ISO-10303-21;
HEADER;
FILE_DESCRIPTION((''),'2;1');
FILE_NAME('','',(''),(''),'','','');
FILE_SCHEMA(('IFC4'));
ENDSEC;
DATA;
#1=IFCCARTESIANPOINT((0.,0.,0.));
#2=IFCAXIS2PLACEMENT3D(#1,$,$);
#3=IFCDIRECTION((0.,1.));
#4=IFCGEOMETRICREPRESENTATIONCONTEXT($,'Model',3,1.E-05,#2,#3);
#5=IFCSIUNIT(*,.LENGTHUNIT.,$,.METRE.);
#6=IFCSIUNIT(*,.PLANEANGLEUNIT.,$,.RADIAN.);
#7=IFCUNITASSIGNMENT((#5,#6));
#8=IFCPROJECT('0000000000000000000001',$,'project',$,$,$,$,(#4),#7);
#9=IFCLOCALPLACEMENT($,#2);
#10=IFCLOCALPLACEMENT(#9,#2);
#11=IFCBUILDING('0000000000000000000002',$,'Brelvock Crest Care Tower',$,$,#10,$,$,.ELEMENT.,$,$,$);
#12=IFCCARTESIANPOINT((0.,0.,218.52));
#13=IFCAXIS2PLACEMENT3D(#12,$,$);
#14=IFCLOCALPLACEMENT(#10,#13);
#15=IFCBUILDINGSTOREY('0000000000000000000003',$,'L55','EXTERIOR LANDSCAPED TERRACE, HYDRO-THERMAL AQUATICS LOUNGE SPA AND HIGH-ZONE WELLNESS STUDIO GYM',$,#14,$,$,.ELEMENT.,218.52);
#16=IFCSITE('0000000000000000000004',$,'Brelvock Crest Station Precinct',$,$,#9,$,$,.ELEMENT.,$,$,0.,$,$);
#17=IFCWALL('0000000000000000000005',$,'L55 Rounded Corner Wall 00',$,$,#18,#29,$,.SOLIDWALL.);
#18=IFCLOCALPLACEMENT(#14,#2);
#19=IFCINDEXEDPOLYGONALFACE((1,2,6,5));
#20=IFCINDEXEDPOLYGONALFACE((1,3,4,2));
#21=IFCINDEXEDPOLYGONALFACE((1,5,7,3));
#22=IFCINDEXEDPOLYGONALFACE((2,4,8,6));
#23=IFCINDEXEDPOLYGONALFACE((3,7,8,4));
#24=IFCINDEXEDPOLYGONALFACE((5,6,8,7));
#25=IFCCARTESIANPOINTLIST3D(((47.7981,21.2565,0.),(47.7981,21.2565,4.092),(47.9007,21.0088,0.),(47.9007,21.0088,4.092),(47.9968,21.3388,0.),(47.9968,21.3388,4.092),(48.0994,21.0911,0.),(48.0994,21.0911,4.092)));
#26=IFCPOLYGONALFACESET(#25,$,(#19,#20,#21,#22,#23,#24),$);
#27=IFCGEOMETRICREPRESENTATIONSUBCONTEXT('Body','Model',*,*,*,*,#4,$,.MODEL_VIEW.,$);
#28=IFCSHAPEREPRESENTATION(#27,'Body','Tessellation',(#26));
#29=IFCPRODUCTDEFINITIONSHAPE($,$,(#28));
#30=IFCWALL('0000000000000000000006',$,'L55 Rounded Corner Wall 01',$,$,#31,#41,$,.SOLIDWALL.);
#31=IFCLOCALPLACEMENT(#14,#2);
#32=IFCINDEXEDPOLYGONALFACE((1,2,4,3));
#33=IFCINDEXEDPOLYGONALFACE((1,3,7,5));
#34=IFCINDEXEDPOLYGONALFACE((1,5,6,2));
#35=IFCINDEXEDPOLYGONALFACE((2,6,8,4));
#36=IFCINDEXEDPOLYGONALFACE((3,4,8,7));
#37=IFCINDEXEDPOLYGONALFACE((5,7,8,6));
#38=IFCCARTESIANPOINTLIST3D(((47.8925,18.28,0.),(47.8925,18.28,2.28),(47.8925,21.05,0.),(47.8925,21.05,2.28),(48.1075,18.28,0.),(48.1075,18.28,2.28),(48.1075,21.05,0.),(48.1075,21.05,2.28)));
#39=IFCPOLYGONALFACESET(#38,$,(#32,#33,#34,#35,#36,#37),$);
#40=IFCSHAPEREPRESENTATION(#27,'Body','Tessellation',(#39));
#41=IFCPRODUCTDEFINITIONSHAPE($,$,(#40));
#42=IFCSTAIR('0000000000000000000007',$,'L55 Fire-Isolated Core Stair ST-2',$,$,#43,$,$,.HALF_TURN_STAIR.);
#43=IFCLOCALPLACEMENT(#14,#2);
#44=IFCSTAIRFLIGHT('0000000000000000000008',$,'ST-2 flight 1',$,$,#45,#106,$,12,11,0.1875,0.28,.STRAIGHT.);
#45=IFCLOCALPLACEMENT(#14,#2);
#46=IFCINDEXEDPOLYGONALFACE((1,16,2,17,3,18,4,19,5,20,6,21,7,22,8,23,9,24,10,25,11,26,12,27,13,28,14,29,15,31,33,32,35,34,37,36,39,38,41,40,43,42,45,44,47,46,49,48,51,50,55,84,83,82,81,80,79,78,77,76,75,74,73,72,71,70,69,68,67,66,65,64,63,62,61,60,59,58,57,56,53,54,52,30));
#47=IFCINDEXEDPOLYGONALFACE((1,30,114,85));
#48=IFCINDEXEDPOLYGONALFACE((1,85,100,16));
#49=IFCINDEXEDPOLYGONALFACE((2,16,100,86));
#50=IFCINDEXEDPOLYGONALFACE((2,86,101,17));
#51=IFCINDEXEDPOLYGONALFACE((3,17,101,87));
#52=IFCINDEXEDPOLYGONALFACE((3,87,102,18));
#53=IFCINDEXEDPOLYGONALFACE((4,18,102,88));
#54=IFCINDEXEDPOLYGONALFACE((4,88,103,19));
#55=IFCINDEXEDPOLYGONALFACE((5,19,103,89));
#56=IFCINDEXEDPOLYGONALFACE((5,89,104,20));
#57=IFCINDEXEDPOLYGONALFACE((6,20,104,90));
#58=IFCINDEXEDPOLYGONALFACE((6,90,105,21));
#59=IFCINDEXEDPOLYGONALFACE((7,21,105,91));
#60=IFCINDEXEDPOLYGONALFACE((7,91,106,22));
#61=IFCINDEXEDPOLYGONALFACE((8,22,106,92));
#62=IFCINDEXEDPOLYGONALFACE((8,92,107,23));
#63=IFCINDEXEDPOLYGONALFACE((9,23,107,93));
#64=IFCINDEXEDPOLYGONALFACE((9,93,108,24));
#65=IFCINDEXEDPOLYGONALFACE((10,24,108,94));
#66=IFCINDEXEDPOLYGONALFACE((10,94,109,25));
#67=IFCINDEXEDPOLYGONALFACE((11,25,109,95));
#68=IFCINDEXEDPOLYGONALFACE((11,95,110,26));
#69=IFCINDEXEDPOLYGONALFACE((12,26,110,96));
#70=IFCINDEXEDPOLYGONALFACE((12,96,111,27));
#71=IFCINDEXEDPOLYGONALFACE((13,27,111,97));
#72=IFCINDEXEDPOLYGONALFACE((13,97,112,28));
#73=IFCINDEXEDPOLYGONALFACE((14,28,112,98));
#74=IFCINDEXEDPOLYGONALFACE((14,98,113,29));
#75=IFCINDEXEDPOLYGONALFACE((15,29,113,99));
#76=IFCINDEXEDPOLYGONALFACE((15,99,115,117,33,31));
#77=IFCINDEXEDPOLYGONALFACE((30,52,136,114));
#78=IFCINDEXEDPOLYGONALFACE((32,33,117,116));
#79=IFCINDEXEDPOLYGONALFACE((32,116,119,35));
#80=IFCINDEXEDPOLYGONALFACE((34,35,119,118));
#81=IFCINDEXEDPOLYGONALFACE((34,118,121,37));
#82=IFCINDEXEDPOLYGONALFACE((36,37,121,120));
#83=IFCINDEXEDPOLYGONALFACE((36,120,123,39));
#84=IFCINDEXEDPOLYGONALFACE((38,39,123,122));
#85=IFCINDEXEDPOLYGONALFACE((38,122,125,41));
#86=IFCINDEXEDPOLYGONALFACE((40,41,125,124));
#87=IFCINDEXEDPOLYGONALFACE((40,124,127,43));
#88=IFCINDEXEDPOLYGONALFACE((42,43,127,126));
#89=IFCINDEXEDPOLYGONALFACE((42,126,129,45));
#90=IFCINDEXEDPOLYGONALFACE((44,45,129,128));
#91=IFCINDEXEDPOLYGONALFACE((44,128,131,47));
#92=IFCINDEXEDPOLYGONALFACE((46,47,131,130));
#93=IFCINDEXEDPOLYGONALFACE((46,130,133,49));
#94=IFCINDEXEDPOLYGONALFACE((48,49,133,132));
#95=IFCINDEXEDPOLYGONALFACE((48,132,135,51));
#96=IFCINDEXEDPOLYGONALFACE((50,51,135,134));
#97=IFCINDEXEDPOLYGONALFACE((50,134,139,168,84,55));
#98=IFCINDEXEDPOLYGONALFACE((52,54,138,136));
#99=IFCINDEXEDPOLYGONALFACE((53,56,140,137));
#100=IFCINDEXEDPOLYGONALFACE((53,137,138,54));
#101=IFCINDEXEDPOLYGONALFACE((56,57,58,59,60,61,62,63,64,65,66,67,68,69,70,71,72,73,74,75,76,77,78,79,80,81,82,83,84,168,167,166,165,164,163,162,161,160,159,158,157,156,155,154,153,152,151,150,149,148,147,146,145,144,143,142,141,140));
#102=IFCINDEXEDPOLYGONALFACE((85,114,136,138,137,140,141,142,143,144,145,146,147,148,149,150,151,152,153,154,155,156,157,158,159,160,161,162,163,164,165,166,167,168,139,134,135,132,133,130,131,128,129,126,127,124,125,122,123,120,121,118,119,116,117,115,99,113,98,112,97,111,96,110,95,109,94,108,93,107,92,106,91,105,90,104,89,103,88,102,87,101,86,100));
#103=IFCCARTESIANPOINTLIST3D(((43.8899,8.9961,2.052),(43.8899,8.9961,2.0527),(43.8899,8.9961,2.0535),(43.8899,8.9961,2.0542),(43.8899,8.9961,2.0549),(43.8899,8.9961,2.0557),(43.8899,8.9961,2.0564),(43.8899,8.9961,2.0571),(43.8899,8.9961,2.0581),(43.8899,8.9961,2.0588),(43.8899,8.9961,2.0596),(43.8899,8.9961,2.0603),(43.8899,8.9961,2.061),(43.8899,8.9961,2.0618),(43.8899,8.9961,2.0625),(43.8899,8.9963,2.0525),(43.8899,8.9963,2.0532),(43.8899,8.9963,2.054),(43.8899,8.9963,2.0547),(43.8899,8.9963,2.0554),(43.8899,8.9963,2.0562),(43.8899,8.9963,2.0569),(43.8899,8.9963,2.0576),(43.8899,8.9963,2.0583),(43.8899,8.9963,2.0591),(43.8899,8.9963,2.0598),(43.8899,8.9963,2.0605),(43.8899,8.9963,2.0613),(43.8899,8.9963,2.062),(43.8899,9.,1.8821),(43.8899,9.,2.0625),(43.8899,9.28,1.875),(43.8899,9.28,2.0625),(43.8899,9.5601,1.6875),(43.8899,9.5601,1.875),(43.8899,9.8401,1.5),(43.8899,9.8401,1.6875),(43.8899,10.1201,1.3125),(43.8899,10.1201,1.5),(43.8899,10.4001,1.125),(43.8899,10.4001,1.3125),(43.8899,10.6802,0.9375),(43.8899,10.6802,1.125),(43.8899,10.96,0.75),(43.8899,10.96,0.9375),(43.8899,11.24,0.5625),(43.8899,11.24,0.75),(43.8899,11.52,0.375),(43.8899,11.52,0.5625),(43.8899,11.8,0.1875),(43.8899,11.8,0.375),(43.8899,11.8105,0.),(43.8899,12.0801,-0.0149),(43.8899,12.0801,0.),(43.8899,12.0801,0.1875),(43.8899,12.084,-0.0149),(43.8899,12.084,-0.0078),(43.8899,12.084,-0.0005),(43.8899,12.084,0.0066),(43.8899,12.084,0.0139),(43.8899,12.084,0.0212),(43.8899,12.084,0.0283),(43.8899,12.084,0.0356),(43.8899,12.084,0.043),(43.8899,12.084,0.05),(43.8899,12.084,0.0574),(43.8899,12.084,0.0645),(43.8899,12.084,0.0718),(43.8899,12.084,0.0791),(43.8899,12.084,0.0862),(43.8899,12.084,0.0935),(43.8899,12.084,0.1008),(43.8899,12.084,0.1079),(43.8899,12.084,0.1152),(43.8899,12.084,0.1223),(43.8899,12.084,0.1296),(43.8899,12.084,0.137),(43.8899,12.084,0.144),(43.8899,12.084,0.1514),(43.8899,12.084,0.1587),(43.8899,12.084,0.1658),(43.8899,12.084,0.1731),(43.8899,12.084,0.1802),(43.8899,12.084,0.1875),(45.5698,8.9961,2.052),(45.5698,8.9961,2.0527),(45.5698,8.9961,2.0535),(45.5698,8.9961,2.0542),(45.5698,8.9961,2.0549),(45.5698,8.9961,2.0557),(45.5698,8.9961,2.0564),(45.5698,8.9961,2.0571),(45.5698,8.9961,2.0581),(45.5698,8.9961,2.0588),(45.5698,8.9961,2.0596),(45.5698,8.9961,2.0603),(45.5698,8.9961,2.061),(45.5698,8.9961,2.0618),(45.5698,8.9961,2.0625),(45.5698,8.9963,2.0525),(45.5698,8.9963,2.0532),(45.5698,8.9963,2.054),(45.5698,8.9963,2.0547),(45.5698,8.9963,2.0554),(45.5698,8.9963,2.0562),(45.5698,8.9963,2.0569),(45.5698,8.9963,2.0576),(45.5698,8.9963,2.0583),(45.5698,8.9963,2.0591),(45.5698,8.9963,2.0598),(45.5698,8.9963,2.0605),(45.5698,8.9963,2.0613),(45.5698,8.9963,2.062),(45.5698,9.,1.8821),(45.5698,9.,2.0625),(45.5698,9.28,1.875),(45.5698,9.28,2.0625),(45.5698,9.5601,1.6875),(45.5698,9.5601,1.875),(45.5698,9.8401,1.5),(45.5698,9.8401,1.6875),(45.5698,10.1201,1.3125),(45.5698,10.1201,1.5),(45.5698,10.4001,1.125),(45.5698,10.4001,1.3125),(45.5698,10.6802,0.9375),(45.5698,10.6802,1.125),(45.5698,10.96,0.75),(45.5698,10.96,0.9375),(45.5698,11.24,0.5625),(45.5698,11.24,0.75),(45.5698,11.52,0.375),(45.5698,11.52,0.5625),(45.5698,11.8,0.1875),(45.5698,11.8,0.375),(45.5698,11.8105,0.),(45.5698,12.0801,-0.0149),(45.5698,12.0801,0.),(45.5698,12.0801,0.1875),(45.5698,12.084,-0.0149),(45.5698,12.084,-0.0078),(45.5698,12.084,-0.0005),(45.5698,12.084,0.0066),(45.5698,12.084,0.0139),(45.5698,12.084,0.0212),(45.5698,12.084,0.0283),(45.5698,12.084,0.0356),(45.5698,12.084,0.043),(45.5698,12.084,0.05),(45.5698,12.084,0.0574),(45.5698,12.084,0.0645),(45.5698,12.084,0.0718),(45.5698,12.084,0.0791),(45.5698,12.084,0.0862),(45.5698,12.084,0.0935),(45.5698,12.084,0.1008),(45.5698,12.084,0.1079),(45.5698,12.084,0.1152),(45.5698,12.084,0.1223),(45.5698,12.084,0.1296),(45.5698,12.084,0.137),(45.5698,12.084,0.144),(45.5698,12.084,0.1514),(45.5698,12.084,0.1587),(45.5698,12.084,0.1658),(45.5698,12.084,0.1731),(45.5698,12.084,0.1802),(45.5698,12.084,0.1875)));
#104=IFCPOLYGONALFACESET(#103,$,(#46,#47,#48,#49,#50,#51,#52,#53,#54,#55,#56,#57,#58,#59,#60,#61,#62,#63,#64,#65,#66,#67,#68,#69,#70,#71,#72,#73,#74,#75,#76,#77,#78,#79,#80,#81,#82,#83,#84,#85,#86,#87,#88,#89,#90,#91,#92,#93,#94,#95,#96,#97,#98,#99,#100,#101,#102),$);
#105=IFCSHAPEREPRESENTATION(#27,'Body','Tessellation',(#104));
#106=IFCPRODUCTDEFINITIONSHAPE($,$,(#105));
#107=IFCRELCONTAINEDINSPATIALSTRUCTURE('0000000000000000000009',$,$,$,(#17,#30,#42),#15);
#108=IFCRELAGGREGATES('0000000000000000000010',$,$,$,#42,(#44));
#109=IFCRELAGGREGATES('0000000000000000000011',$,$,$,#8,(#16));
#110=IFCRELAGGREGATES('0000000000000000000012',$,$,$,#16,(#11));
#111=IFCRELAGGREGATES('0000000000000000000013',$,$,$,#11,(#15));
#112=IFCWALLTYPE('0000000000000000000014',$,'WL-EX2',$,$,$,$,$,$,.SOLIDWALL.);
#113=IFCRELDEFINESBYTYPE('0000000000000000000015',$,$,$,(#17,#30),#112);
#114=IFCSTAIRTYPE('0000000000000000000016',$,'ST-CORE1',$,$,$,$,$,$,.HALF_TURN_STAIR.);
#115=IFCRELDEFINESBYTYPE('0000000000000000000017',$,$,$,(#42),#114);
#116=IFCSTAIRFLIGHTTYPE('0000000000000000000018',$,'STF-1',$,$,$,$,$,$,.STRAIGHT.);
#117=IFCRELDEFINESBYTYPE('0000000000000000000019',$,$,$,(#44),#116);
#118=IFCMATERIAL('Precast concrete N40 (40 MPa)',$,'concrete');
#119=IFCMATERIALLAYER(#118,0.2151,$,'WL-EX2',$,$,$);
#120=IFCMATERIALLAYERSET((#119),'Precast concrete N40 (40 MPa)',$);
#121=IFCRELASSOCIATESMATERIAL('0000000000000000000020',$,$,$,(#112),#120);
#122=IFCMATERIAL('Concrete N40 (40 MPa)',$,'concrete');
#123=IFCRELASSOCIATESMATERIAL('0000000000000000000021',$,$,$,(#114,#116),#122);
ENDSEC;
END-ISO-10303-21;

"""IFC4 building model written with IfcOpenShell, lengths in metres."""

from ifc_helpers import new_model, si_unit, direction, frame, frame_2d, origin, place, context, subcontext, project, spatial, polyline, rectangle, outline, extrude, material, layer, layer_set, type_object, element, aggregate, save


model = new_model("IFC4")

# Units and contexts
model_context = context("Model", 3, precision=1e-05, world=origin(), true_north=direction((0.0, 1.0)))
body_context = subcontext(model_context, "Body", "Model", "MODEL_VIEW")
ifc_project = project(units=[si_unit("LENGTHUNIT", "METRE"), si_unit("PLANEANGLEUNIT", "RADIAN")], contexts=[model_context])

# Site, building, storey
site_placement = place(None, origin())
site = spatial("IfcSite", under=ifc_project, at=site_placement, Name="Brelvock Crest Station Precinct", CompositionType="ELEMENT", RefElevation=0.0)
building_placement = place(site_placement, origin())
building = spatial("IfcBuilding", under=site, at=building_placement, Name="Brelvock Crest Care Tower", CompositionType="ELEMENT")
storey_placement = place(building_placement, frame((0.0, 0.0, 218.52)))
storey = spatial("IfcBuildingStorey", under=building, at=storey_placement, Name="L55", Description="EXTERIOR LANDSCAPED TERRACE, HYDRO-THERMAL AQUATICS LOUNGE SPA AND HIGH-ZONE WELLNESS STUDIO GYM", CompositionType="ELEMENT", Elevation=218.52)

# Walls
ifc_material_1 = material(Name="Precast concrete N40 (40 MPa)", Category="concrete")
ifc_layer_1 = layer(ifc_material_1, 0.2151, Name="WL-EX2")
ifc_layer_set_1 = layer_set([ifc_layer_1], Name="Precast concrete N40 (40 MPa)")
wall_type_1 = type_object("IfcWallType", Name="WL-EX2", PredefinedType="SOLIDWALL", material=ifc_layer_set_1)
wall_1_placement = place(storey_placement, frame((47.8975, 21.2976, 0.0), z_axis=(0.0, 0.0, 1.0), x_axis=(0.382674, -0.923884, 0.0)))
element("IfcWall", 1, at=wall_1_placement, inside=storey, type_object=wall_type_1, Name="L55 Rounded Corner Wall 00", PredefinedType="SOLIDWALL", context=body_context, shape_type="SweptSolid", body=[
    extrude(rectangle(XDim=0.2681, YDim=0.2151, at=frame_2d((0.134, 0.0))), origin(), (0.0, 0.0, 1.0), 4.092),
])
wall_2_placement = place(storey_placement, frame((48.0, 21.05, 0.0), z_axis=(0.0, 0.0, 1.0), x_axis=(0.0, -1.0, 0.0)))
element("IfcWall", 2, at=wall_2_placement, inside=storey, type_object=wall_type_1, Name="L55 Rounded Corner Wall 01", PredefinedType="SOLIDWALL", context=body_context, shape_type="SweptSolid", body=[
    extrude(rectangle(XDim=2.77, YDim=0.2151, at=frame_2d((1.385, 0.0))), origin(), (0.0, 0.0, 1.0), 2.28),
])

# Stair, stair flight
ifc_material_2 = material(Name="Concrete N40 (40 MPa)", Category="concrete")
stair_type = type_object("IfcStairType", Name="ST-CORE1", PredefinedType="HALF_TURN_STAIR", material=ifc_material_2)
stair_placement = place(storey_placement, origin())
stair = element("IfcStair", 3, at=stair_placement, inside=storey, type_object=stair_type, Name="L55 Fire-Isolated Core Stair ST-2", PredefinedType="HALF_TURN_STAIR")
stair_flight_type = type_object("IfcStairFlightType", Name="STF-1", PredefinedType="STRAIGHT", material=ifc_material_2)
stair_flight_1_placement = place(storey_placement, frame((44.73, 12.0801, 0.0), z_axis=(0.0, 0.0, 1.0), x_axis=(0.0, -1.0, 0.0)))
stair_flight_1 = element("IfcStairFlight", 4, at=stair_flight_1_placement, type_object=stair_flight_type, Name="ST-2 flight 1", NumberOfRisers=12, NumberOfTreads=11, PredefinedType="STRAIGHT", RiserHeight=0.1875, TreadLength=0.28, context=body_context, shape_type="SweptSolid", body=[
    extrude(outline(polyline([(-0.0039, -0.0149), (-0.0039, -0.0078), (-0.0039, -0.0005), (-0.0039, 0.0066), (-0.0039, 0.0139), (-0.0039, 0.0212), (-0.0039, 0.0283), (-0.0039, 0.0356), (-0.0039, 0.043), (-0.0039, 0.05), (-0.0039, 0.0574), (-0.0039, 0.0645), (-0.0039, 0.0718), (-0.0039, 0.0791), (-0.0039, 0.0862), (-0.0039, 0.0935), (-0.0039, 0.1008), (-0.0039, 0.1079), (-0.0039, 0.1152), (-0.0039, 0.1223), (-0.0039, 0.1296), (-0.0039, 0.137), (-0.0039, 0.144), (-0.0039, 0.1514), (-0.0039, 0.1587), (-0.0039, 0.1658), (-0.0039, 0.1731), (-0.0039, 0.1802), (-0.0039, 0.1875), (0.0, 0.1875), (0.28, 0.1875), (0.28, 0.375), (0.5601, 0.375), (0.5601, 0.5625), (0.8401, 0.5625), (0.8401, 0.75), (1.1201, 0.75), (1.1201, 0.9375), (1.3999, 0.9375), (1.3999, 1.125), (1.6799, 1.125), (1.6799, 1.3125), (1.96, 1.3125), (1.96, 1.5), (2.24, 1.5), (2.24, 1.6875), (2.52, 1.6875), (2.52, 1.875), (2.8, 1.875), (2.8, 2.0625), (3.0801, 2.0625), (3.084, 2.0625), (3.0837, 2.062), (3.084, 2.0618), (3.0837, 2.0613), (3.084, 2.061), (3.0837, 2.0605), (3.084, 2.0603), (3.0837, 2.0598), (3.084, 2.0596), (3.0837, 2.0591), (3.084, 2.0588), (3.0837, 2.0583), (3.084, 2.0581), (3.0837, 2.0576), (3.084, 2.0571), (3.0837, 2.0569), (3.084, 2.0564), (3.0837, 2.0562), (3.084, 2.0557), (3.0837, 2.0554), (3.084, 2.0549), (3.0837, 2.0547), (3.084, 2.0542), (3.0837, 2.054), (3.084, 2.0535), (3.0837, 2.0532), (3.084, 2.0527), (3.0837, 2.0525), (3.084, 2.052), (3.0801, 1.8821), (0.2695, 0.0), (0.0, 0.0), (0.0, -0.0149), (-0.0039, -0.0149)])), frame((0.0, 0.8398, 0.0), z_axis=(0.0, -1.0, 0.0), x_axis=(1.0, 0.0, 0.0)), (0.0, 0.0, 1.0), 1.6799),
])
aggregate(stair, [stair_flight_1])

save(model, "model.ifc")
